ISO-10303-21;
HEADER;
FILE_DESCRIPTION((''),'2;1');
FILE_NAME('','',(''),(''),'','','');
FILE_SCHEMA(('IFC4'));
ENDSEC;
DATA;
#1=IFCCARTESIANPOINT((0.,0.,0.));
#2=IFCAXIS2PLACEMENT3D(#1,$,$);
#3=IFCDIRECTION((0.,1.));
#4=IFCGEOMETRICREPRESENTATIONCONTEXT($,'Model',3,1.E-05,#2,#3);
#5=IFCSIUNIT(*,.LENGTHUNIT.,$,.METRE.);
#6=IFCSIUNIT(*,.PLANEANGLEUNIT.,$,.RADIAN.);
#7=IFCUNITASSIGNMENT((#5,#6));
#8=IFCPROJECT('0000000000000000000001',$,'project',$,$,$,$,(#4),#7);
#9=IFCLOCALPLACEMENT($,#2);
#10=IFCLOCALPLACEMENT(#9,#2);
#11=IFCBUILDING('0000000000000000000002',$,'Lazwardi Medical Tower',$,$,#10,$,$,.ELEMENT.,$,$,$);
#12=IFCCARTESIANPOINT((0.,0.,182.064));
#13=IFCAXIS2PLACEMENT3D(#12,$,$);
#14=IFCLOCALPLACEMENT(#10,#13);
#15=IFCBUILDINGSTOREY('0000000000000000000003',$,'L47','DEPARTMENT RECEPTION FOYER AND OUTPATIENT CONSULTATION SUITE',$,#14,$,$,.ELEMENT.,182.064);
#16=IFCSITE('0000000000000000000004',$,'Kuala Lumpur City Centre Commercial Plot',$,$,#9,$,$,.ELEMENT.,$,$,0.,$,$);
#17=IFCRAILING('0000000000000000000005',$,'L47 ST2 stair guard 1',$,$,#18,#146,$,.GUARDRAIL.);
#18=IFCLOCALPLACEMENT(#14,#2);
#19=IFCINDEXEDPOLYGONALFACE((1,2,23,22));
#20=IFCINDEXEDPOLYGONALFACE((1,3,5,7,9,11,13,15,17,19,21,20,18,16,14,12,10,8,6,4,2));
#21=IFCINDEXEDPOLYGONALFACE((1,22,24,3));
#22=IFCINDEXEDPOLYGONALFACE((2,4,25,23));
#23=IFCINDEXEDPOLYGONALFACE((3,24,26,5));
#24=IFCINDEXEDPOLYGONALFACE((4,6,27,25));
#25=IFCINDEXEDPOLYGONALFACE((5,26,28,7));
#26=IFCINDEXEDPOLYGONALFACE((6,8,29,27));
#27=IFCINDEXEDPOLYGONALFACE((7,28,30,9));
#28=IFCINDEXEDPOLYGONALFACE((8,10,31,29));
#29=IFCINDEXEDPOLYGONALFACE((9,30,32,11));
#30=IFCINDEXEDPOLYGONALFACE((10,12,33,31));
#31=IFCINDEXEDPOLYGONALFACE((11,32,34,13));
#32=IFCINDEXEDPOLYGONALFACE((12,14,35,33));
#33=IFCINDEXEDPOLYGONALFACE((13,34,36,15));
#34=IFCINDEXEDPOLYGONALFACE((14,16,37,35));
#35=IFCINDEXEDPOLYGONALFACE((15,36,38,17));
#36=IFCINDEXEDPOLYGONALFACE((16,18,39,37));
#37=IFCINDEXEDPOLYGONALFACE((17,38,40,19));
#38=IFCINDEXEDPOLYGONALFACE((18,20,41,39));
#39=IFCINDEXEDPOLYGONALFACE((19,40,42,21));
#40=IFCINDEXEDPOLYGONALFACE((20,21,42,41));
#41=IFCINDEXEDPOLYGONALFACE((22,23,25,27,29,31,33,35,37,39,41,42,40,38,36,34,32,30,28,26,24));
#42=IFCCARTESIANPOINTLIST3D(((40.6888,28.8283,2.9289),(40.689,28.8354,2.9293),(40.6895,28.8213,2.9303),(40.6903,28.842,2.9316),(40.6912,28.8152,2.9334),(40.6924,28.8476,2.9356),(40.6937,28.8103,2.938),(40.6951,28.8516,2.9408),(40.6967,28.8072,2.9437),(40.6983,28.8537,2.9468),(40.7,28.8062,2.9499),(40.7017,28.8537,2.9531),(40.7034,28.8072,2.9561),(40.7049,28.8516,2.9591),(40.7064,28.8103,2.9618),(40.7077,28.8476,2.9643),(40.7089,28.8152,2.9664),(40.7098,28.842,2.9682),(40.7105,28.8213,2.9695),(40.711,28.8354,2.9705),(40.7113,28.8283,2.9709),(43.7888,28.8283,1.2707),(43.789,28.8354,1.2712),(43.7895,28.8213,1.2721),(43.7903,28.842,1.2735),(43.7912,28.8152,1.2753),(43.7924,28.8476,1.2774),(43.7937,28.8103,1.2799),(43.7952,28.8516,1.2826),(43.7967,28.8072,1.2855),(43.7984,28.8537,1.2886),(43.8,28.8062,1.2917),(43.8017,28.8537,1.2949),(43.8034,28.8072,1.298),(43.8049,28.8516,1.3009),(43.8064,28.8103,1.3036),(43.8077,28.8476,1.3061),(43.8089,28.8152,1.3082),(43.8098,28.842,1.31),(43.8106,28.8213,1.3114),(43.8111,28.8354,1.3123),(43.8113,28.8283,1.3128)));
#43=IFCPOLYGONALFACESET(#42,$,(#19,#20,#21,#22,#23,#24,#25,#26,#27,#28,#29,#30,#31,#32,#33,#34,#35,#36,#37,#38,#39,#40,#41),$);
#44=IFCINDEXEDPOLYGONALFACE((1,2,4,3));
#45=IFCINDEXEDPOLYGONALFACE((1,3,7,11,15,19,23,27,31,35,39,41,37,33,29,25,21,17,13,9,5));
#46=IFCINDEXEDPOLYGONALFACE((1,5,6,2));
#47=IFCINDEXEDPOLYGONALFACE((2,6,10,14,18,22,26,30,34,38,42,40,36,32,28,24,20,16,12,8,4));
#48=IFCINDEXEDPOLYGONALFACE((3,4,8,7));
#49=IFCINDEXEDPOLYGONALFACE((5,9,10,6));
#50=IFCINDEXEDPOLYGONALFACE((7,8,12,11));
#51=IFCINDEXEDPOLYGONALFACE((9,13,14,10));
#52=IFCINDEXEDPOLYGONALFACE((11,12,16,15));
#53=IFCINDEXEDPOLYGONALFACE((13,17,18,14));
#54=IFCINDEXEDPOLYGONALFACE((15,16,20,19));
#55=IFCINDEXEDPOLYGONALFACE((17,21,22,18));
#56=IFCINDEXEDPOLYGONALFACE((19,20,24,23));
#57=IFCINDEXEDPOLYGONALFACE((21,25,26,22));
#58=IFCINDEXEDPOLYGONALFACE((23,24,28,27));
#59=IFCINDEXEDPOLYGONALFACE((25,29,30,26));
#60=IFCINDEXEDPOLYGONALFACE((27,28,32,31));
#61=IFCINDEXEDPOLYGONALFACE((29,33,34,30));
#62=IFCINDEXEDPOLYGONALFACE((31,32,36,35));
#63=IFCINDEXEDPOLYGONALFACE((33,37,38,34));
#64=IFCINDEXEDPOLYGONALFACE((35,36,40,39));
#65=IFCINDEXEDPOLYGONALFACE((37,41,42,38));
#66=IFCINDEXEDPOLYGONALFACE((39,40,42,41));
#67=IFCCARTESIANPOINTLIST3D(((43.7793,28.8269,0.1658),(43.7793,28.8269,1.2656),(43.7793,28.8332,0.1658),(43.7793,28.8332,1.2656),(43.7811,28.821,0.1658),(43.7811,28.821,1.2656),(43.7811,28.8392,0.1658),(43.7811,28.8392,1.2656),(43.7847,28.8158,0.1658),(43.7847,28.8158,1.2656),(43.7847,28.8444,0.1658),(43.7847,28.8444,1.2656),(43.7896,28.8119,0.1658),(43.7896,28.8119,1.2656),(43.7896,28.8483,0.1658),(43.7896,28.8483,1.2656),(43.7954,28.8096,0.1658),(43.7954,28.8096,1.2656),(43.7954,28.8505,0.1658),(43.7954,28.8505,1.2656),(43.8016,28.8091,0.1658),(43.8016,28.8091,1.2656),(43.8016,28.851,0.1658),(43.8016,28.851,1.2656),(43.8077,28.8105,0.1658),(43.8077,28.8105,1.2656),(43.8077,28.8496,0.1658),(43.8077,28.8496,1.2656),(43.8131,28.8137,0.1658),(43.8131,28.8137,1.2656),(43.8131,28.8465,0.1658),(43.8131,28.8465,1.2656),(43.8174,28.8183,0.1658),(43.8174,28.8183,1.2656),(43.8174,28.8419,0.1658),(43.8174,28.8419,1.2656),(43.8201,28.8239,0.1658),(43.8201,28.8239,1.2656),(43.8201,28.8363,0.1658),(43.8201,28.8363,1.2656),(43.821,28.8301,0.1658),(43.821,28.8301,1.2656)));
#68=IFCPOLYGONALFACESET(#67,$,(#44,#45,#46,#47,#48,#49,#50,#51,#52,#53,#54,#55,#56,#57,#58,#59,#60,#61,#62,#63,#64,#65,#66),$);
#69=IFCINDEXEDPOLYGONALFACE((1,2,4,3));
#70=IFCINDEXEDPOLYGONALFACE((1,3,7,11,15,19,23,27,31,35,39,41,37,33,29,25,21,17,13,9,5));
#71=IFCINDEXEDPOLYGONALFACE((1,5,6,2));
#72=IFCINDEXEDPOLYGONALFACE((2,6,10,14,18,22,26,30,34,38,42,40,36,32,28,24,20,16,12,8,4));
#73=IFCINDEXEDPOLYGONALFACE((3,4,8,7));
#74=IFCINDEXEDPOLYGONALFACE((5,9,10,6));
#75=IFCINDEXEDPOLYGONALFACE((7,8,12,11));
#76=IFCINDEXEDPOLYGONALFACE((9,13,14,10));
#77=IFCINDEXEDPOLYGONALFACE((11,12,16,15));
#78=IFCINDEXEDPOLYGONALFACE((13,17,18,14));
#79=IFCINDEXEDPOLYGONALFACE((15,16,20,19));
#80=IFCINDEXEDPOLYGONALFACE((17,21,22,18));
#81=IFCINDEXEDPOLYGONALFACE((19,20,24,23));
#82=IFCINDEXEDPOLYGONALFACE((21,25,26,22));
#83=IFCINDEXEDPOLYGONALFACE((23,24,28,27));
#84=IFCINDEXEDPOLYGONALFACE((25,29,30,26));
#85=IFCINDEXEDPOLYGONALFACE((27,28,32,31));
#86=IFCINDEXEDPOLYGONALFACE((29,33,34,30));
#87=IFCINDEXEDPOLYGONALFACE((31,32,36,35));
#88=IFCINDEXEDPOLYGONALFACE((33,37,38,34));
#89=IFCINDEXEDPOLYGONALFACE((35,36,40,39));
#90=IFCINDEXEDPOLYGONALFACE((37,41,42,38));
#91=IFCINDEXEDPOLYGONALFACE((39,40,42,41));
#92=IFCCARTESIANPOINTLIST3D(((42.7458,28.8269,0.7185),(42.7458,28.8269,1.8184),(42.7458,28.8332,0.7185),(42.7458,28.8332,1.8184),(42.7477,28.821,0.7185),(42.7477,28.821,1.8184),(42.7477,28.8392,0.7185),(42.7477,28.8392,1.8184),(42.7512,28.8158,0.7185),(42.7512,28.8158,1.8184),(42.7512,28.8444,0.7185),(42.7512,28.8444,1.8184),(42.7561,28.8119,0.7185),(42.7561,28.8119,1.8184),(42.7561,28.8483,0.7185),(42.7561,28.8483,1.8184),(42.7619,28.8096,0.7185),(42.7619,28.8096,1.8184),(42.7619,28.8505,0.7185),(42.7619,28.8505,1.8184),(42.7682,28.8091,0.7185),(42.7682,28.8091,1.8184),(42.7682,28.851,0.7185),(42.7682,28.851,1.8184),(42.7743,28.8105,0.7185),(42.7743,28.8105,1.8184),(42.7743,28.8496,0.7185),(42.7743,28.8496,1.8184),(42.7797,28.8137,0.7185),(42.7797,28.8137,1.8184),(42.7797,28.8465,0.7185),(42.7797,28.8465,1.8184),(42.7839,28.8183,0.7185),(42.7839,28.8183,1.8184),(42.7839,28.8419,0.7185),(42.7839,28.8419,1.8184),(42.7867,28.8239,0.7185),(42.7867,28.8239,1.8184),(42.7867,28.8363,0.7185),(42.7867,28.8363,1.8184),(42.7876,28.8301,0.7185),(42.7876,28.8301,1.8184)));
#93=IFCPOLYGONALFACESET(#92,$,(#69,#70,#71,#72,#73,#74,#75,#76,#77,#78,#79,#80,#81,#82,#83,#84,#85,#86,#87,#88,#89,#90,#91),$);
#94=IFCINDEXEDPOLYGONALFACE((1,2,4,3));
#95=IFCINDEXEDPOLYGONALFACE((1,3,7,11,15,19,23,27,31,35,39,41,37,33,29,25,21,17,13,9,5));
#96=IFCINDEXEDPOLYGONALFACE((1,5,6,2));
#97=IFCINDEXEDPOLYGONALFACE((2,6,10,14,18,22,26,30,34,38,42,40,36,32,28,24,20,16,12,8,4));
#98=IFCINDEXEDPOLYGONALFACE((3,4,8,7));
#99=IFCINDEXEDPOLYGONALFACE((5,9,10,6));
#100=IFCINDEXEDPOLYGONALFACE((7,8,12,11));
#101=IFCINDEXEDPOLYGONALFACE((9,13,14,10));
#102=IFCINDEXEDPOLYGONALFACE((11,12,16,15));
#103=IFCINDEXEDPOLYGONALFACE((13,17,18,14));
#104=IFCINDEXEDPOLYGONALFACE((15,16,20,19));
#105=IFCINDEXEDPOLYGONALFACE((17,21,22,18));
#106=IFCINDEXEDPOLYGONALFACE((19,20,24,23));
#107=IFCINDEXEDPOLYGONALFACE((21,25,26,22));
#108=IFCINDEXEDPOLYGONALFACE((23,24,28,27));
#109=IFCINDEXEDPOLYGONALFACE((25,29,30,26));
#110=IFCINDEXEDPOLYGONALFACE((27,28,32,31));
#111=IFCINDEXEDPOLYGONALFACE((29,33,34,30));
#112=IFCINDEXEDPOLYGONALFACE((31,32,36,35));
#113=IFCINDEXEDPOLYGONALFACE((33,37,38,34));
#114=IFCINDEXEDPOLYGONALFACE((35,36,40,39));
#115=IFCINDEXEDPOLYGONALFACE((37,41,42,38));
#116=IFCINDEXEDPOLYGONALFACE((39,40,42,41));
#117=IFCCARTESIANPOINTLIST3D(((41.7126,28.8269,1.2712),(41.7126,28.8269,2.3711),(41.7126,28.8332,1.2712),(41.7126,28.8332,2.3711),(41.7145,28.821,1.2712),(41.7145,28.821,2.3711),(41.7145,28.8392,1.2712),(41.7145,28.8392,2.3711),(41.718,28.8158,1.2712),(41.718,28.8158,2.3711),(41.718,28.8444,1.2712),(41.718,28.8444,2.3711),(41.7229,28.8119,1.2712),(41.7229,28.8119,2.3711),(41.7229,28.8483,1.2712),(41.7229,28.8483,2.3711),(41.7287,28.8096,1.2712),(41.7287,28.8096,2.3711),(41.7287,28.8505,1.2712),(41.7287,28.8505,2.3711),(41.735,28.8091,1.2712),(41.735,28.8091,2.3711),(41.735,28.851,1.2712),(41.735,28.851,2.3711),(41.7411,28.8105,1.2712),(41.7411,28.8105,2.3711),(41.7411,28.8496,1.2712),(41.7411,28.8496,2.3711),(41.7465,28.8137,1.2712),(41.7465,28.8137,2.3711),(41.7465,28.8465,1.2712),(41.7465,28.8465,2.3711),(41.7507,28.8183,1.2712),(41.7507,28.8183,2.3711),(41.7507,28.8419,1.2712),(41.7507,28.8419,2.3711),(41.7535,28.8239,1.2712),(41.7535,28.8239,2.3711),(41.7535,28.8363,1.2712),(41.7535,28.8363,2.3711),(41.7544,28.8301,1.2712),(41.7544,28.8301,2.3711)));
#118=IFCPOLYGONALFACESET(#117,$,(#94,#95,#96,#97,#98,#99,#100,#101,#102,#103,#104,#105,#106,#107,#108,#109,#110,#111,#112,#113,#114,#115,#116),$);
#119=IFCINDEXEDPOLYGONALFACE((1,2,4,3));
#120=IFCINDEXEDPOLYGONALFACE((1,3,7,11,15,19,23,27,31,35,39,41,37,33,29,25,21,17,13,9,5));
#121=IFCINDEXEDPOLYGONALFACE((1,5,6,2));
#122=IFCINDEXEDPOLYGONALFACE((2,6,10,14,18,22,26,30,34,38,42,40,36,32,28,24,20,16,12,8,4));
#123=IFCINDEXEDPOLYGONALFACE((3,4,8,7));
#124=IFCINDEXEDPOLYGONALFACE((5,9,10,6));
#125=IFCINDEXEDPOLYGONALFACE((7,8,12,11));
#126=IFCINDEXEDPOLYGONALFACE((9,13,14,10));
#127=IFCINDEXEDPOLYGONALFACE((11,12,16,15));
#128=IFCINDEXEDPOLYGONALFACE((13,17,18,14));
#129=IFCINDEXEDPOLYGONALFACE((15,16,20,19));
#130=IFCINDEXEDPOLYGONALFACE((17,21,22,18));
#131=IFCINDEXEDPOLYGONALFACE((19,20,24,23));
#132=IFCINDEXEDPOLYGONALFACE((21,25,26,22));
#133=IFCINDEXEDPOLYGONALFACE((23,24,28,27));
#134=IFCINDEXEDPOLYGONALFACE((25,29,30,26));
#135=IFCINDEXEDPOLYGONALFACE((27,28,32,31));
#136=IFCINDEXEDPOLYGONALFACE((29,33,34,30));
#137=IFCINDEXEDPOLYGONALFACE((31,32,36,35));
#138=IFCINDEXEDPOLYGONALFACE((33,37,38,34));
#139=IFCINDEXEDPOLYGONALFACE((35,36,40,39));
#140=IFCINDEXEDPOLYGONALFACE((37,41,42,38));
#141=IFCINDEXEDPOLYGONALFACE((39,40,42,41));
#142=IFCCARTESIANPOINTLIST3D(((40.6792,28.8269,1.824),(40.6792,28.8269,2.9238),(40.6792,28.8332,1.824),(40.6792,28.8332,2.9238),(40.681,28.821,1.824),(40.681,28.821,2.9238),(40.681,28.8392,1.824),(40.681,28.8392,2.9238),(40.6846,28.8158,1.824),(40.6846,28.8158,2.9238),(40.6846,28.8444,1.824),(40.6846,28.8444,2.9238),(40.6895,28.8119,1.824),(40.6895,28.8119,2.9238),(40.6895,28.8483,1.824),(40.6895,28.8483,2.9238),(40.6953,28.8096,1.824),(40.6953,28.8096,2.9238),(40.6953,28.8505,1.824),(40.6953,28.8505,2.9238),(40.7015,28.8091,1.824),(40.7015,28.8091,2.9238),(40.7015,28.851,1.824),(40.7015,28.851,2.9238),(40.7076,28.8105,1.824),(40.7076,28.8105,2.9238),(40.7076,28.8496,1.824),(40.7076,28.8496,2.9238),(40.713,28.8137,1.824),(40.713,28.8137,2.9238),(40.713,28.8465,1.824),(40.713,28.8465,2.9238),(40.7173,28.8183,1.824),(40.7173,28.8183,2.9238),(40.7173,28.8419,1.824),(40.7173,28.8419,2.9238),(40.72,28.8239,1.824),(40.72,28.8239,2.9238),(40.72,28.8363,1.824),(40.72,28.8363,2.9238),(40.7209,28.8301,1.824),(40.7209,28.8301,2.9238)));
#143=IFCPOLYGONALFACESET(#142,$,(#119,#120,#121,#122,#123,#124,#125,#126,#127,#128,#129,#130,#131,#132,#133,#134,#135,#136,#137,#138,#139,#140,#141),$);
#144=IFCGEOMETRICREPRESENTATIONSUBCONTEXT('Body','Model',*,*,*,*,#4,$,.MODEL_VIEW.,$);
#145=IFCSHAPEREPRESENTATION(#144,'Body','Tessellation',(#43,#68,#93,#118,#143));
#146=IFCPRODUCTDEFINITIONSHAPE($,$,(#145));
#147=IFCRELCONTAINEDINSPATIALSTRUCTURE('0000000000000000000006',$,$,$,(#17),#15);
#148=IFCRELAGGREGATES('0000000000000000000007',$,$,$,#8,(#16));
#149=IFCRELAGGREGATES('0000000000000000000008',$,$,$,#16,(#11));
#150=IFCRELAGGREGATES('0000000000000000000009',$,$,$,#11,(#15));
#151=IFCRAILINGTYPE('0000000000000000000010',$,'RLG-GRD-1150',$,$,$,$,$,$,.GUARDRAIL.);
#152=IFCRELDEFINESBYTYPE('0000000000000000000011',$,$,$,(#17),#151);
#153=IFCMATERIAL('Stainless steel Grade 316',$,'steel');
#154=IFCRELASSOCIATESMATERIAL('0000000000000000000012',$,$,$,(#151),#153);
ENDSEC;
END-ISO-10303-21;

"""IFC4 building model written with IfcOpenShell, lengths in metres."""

from ifc_helpers import new_model, si_unit, direction, frame, origin, origin_2d, place, context, subcontext, project, spatial, circle, extrude, material, type_object, element, save


model = new_model("IFC4")

# Units and contexts
model_context = context("Model", 3, precision=1e-05, world=origin(), true_north=direction((0.0, 1.0)))
body_context = subcontext(model_context, "Body", "Model", "MODEL_VIEW")
ifc_project = project(units=[si_unit("LENGTHUNIT", "METRE"), si_unit("PLANEANGLEUNIT", "RADIAN")], contexts=[model_context])

# Site, building, storey
site_placement = place(None, origin())
site = spatial("IfcSite", under=ifc_project, at=site_placement, Name="Kuala Lumpur City Centre Commercial Plot", CompositionType="ELEMENT", RefElevation=0.0)
building_placement = place(site_placement, origin())
building = spatial("IfcBuilding", under=site, at=building_placement, Name="Lazwardi Medical Tower", CompositionType="ELEMENT")
storey_placement = place(building_placement, frame((0.0, 0.0, 182.064)))
storey = spatial("IfcBuildingStorey", under=building, at=storey_placement, Name="L47", Description="DEPARTMENT RECEPTION FOYER AND OUTPATIENT CONSULTATION SUITE", CompositionType="ELEMENT", Elevation=182.064)

# Railing
ifc_material_1 = material(Name="Stainless steel Grade 316", Category="steel")
railing_type_1 = type_object("IfcRailingType", Name="RLG-GRD-1150", PredefinedType="GUARDRAIL", material=ifc_material_1)
railing_1_placement = place(storey_placement, frame((43.8, 28.8301, 0.1658)))
element("IfcRailing", 1, at=railing_1_placement, inside=storey, type_object=railing_type_1, Name="L47 ST2 stair guard 1", PredefinedType="GUARDRAIL", context=body_context, shape_type="SweptSolid", body=[
    extrude(circle(Radius=0.0239, at=origin_2d()), frame((0.0, 0.0, 1.126), z_axis=(-0.881783, 0.0, 0.471655), x_axis=(0.0, -1.0, 0.0)), (0.0, 0.0, 1.0), 3.5156),
    extrude(circle(Radius=0.021, at=origin_2d()), origin(), (0.0, 0.0, 1.0), 1.0999),
    extrude(circle(Radius=0.021, at=origin_2d()), frame((-1.0334, 0.0, 0.5527)), (0.0, 0.0, 1.0), 1.0999),
    extrude(circle(Radius=0.021, at=origin_2d()), frame((-2.0667, 0.0, 1.1055)), (0.0, 0.0, 1.0), 1.0999),
    extrude(circle(Radius=0.021, at=origin_2d()), frame((-3.1001, 0.0, 1.6582)), (0.0, 0.0, 1.0), 1.0999),
])

save(model, "model.ifc")
